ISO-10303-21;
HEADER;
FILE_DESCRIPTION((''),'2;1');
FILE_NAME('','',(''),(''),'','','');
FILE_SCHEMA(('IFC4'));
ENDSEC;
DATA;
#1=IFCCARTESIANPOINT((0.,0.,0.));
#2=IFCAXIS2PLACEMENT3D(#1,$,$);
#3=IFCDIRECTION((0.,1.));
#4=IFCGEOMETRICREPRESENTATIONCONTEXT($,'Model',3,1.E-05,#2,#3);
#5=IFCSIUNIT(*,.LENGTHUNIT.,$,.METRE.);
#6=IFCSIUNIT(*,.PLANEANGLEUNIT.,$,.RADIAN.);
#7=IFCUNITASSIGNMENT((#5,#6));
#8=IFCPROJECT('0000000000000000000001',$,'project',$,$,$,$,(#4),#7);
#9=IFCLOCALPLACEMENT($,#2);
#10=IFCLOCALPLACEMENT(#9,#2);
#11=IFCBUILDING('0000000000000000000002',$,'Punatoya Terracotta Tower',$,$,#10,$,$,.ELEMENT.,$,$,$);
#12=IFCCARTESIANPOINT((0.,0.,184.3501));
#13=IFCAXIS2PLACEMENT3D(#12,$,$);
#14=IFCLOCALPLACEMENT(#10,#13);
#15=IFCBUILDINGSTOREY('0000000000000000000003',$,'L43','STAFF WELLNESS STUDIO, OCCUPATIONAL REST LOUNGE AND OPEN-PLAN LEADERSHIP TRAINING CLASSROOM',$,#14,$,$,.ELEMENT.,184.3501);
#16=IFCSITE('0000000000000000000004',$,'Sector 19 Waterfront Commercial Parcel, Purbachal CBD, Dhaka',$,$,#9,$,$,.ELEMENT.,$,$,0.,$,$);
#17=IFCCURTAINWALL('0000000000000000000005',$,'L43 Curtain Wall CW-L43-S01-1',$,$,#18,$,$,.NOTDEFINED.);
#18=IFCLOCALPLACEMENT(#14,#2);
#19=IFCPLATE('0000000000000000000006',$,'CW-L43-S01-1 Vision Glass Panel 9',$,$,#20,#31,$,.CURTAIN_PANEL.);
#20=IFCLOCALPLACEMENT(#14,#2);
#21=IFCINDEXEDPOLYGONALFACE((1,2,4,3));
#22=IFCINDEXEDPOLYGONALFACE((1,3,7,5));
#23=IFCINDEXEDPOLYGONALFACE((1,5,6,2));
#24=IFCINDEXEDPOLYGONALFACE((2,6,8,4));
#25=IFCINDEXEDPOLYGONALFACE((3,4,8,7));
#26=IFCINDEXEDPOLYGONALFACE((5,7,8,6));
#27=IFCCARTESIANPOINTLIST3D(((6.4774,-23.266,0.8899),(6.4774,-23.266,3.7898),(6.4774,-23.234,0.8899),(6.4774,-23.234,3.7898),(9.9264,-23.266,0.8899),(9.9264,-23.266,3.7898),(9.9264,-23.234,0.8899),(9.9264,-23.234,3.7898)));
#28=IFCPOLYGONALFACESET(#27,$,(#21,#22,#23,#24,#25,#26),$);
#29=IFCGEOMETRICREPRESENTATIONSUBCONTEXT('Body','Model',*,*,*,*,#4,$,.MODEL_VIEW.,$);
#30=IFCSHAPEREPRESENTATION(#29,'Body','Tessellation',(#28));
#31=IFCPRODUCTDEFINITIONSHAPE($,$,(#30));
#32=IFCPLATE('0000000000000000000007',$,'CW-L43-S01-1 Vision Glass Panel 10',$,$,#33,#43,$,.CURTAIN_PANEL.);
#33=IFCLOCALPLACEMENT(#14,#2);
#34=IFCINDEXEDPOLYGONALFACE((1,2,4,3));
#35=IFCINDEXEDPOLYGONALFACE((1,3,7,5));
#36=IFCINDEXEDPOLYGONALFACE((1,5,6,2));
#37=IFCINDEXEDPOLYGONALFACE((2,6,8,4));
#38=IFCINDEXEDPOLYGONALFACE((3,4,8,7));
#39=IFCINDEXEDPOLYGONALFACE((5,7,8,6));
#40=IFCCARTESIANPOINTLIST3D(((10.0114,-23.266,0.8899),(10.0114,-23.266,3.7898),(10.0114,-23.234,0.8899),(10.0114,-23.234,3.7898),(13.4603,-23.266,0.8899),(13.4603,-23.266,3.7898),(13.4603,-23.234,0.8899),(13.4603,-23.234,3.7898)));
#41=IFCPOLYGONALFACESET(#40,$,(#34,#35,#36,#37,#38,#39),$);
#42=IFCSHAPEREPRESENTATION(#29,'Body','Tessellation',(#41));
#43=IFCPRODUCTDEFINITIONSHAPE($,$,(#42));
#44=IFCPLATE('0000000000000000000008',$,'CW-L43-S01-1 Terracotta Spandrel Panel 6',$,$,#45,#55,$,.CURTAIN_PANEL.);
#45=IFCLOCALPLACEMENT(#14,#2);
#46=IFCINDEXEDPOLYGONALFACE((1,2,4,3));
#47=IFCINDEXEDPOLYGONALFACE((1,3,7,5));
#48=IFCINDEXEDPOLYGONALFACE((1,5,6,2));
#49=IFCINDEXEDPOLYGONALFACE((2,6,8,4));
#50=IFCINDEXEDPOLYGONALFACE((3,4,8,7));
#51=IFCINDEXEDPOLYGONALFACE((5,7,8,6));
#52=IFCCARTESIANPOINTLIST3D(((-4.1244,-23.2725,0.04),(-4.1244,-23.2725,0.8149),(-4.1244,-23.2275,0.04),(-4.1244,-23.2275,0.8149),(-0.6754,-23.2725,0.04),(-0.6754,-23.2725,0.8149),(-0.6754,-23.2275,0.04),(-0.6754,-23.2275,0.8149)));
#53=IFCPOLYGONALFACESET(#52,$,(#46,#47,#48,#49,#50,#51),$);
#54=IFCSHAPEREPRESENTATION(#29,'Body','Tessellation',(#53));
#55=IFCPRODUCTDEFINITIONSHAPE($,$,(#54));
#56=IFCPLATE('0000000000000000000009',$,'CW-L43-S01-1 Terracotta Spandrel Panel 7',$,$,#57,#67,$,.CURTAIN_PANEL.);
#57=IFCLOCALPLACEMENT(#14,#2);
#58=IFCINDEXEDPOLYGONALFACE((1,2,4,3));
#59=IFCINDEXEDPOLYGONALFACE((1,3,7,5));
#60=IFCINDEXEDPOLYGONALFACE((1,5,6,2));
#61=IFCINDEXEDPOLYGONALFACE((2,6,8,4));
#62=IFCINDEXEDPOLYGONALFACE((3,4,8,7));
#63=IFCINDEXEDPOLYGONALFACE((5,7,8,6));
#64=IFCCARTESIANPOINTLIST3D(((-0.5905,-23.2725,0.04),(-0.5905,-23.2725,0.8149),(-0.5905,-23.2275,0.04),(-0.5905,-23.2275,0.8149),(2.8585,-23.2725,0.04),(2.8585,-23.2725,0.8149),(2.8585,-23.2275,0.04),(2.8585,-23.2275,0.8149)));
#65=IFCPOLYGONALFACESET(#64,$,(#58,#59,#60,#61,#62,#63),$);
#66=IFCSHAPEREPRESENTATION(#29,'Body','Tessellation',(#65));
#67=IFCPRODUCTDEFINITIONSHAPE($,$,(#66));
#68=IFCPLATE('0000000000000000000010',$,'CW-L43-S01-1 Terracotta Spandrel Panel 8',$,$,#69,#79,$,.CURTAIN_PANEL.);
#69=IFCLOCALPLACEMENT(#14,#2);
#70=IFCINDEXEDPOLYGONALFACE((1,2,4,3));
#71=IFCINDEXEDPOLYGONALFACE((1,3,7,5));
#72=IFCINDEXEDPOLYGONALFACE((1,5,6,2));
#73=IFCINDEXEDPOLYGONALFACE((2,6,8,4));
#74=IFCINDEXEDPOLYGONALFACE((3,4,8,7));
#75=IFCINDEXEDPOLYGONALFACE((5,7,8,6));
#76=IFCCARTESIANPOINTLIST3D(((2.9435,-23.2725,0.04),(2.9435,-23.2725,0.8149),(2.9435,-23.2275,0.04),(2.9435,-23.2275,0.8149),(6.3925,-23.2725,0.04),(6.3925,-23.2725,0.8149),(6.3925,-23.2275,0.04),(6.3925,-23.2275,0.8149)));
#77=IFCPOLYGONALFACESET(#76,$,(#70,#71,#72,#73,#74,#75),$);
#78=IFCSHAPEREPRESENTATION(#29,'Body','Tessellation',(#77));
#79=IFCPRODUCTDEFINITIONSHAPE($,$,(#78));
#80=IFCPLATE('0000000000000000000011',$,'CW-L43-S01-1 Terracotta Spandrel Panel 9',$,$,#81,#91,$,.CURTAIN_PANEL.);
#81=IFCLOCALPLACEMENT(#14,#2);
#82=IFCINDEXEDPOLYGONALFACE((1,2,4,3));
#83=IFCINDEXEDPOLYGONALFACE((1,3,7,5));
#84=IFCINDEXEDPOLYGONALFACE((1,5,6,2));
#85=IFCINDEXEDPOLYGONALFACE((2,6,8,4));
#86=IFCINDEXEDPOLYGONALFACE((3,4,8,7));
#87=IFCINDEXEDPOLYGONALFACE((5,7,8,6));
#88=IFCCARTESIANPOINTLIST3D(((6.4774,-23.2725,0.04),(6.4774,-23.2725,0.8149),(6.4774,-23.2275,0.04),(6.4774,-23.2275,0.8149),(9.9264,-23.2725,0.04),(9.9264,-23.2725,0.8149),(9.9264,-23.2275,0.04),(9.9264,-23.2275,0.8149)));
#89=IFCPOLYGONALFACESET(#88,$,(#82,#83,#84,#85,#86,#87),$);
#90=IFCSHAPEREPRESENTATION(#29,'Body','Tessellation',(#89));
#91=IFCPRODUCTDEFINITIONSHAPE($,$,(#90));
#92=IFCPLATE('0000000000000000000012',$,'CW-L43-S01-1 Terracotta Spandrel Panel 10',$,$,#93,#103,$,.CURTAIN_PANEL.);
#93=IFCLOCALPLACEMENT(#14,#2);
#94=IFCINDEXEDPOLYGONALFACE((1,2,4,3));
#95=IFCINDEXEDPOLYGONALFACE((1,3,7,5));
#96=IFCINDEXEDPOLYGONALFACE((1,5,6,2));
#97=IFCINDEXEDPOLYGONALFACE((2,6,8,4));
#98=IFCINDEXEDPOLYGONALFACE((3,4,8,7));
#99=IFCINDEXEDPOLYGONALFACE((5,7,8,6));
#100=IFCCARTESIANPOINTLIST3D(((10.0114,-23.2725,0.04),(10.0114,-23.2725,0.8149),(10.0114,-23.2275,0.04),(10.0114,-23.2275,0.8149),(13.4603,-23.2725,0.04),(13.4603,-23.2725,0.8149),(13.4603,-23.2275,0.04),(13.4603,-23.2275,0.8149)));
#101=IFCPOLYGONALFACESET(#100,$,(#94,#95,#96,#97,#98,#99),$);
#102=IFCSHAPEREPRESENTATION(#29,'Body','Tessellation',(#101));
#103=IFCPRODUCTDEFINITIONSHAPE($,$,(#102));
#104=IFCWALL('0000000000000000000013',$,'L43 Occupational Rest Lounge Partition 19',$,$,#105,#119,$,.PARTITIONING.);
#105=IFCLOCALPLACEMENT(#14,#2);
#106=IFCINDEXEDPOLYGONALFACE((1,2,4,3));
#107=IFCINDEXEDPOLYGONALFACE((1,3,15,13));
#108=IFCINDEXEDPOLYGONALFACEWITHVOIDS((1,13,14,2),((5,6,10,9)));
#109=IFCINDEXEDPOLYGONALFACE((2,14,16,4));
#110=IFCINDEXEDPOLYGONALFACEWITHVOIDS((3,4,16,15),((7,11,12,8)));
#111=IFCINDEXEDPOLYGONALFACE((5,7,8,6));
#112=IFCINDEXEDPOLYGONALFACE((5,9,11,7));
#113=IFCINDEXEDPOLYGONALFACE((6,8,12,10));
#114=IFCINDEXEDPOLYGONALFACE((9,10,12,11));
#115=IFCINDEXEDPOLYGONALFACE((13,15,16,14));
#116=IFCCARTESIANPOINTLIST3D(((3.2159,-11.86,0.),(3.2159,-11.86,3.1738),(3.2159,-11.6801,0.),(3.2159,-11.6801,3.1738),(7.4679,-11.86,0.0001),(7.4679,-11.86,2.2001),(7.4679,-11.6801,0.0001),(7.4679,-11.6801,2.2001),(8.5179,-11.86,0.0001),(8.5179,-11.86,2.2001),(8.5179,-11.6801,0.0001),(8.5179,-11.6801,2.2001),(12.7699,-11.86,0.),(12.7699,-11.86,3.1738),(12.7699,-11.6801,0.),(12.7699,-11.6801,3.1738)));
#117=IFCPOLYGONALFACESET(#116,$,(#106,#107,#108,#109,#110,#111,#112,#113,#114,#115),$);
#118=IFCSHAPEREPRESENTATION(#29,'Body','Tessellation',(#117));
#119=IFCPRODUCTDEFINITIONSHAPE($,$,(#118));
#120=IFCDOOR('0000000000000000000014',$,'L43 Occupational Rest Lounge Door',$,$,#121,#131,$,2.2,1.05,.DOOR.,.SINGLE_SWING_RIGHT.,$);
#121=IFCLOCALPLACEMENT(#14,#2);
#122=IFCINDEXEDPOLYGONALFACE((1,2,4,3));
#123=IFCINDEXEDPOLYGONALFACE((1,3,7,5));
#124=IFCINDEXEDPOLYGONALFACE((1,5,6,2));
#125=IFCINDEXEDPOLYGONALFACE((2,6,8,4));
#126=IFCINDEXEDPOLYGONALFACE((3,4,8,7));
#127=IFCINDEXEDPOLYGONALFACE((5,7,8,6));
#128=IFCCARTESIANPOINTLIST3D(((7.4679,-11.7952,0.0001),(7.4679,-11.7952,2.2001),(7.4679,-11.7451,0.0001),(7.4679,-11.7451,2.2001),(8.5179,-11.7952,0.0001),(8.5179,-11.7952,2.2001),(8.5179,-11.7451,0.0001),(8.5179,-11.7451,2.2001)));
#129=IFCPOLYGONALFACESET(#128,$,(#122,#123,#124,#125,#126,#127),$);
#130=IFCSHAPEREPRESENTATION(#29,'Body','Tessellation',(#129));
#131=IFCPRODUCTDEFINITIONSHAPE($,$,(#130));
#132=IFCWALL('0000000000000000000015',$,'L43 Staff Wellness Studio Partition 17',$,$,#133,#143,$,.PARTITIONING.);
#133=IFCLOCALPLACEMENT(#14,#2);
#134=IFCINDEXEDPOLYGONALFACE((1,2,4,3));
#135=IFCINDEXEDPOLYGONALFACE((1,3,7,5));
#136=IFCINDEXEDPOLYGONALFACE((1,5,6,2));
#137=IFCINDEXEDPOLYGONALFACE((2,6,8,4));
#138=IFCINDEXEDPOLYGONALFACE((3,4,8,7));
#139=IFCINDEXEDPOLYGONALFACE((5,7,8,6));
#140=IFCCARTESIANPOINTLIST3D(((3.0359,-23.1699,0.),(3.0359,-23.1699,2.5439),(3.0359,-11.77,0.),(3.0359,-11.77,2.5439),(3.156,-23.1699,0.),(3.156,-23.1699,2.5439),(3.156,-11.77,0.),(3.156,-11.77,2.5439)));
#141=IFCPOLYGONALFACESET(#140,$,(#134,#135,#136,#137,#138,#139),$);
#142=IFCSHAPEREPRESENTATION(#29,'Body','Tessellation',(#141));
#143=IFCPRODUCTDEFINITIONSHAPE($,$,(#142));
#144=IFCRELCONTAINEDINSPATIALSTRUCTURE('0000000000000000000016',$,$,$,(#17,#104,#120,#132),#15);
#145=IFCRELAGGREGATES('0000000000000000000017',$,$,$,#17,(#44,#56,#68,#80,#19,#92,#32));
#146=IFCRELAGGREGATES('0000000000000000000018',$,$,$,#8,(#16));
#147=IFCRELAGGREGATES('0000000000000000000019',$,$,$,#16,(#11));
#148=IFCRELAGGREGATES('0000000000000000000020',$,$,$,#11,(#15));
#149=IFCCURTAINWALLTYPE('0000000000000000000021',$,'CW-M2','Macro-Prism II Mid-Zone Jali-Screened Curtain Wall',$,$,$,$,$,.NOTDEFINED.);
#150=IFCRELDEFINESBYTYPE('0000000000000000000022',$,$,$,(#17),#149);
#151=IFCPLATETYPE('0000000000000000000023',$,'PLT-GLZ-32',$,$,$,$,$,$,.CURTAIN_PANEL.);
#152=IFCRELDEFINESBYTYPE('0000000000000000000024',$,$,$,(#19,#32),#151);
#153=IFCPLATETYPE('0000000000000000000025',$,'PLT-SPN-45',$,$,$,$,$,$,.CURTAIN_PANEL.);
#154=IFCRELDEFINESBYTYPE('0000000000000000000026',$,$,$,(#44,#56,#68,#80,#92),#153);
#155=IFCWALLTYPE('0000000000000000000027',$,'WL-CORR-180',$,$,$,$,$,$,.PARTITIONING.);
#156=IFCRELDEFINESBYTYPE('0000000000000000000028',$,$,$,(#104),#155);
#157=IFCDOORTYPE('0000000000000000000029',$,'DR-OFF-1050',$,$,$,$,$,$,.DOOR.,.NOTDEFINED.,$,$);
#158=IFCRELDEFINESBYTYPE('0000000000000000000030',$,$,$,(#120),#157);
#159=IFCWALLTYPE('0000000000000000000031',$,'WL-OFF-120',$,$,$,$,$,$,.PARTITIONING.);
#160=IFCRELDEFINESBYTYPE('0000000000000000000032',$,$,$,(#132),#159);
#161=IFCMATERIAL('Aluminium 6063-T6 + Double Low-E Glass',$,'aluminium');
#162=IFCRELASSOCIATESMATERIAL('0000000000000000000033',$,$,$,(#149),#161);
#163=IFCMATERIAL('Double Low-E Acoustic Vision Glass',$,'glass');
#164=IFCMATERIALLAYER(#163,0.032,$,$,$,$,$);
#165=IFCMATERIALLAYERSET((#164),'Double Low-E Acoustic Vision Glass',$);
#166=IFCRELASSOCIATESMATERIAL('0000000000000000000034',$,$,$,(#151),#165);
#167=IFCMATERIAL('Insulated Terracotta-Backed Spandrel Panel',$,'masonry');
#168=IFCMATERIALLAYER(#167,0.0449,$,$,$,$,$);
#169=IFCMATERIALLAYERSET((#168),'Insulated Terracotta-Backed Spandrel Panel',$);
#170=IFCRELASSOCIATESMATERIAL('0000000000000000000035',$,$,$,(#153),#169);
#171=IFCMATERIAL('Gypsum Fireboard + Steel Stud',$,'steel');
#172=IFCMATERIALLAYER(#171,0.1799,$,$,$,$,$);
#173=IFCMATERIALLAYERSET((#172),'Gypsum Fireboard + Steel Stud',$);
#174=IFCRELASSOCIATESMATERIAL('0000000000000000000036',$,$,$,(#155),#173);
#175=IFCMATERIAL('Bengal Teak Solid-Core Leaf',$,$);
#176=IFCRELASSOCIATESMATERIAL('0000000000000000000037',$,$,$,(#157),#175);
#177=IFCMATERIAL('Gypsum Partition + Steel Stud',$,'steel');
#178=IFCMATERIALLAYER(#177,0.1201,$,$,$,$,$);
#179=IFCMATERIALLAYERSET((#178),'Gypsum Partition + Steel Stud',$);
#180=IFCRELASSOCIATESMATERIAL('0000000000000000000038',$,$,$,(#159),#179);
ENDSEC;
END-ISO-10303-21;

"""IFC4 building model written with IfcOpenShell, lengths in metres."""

from ifc_helpers import new_model, si_unit, direction, frame, frame_2d, origin, origin_2d, place, context, subcontext, project, spatial, rectangle, extrude, material, layer, layer_set, type_object, element, fill, aggregate, save


model = new_model("IFC4")

# Units and contexts
model_context = context("Model", 3, precision=1e-05, world=origin(), true_north=direction((0.0, 1.0)))
body_context = subcontext(model_context, "Body", "Model", "MODEL_VIEW")
ifc_project = project(units=[si_unit("LENGTHUNIT", "METRE"), si_unit("PLANEANGLEUNIT", "RADIAN")], contexts=[model_context])

# Site, building, storey
site_placement = place(None, origin())
site = spatial("IfcSite", under=ifc_project, at=site_placement, Name="Sector 19 Waterfront Commercial Parcel, Purbachal CBD, Dhaka", CompositionType="ELEMENT", RefElevation=0.0)
building_placement = place(site_placement, origin())
building = spatial("IfcBuilding", under=site, at=building_placement, Name="Punatoya Terracotta Tower", CompositionType="ELEMENT")
storey_placement = place(building_placement, frame((0.0, 0.0, 184.3501)))
storey = spatial("IfcBuildingStorey", under=building, at=storey_placement, Name="L43", Description="STAFF WELLNESS STUDIO, OCCUPATIONAL REST LOUNGE AND OPEN-PLAN LEADERSHIP TRAINING CLASSROOM", CompositionType="ELEMENT", Elevation=184.3501)

# Curtain wall
ifc_material_1 = material(Name="Aluminium 6063-T6 + Double Low-E Glass", Category="aluminium")
curtain_wall_type = type_object("IfcCurtainWallType", Name="CW-M2", Description="Macro-Prism II Mid-Zone Jali-Screened Curtain Wall", PredefinedType="NOTDEFINED", material=ifc_material_1)
curtain_wall_placement = place(storey_placement, origin())
curtain_wall = element("IfcCurtainWall", 1, at=curtain_wall_placement, inside=storey, type_object=curtain_wall_type, Name="L43 Curtain Wall CW-L43-S01-1", PredefinedType="NOTDEFINED")

# Plates
ifc_material_2 = material(Name="Double Low-E Acoustic Vision Glass", Category="glass")
ifc_layer_1 = layer(ifc_material_2, 0.032)
ifc_layer_set_1 = layer_set([ifc_layer_1], Name="Double Low-E Acoustic Vision Glass")
plate_type_1 = type_object("IfcPlateType", Name="PLT-GLZ-32", PredefinedType="CURTAIN_PANEL", material=ifc_layer_set_1)
plate_1_placement = place(storey_placement, frame((8.2019, -23.25, 0.8899), z_axis=(0.0, 0.0, 1.0), x_axis=(1.0, 0.0, 0.0)))
plate_1 = element("IfcPlate", 2, at=plate_1_placement, type_object=plate_type_1, Name="CW-L43-S01-1 Vision Glass Panel 9", PredefinedType="CURTAIN_PANEL", context=body_context, shape_type="SweptSolid", body=[
    extrude(rectangle(XDim=3.449, YDim=0.032, at=origin_2d()), origin(), (0.0, 0.0, 1.0), 2.8999),
])
plate_2_placement = place(storey_placement, frame((11.7358, -23.25, 0.8899), z_axis=(0.0, 0.0, 1.0), x_axis=(1.0, 0.0, 0.0)))
plate_2 = element("IfcPlate", 3, at=plate_2_placement, type_object=plate_type_1, Name="CW-L43-S01-1 Vision Glass Panel 10", PredefinedType="CURTAIN_PANEL", context=body_context, shape_type="SweptSolid", body=[
    extrude(rectangle(XDim=3.449, YDim=0.032, at=origin_2d()), origin(), (0.0, 0.0, 1.0), 2.8999),
])
ifc_material_3 = material(Name="Insulated Terracotta-Backed Spandrel Panel", Category="masonry")
ifc_layer_2 = layer(ifc_material_3, 0.0449)
ifc_layer_set_2 = layer_set([ifc_layer_2], Name="Insulated Terracotta-Backed Spandrel Panel")
plate_type_2 = type_object("IfcPlateType", Name="PLT-SPN-45", PredefinedType="CURTAIN_PANEL", material=ifc_layer_set_2)
plate_3_placement = place(storey_placement, frame((-2.3999, -23.25, 0.04), z_axis=(0.0, 0.0, 1.0), x_axis=(1.0, 0.0, 0.0)))
plate_3 = element("IfcPlate", 4, at=plate_3_placement, type_object=plate_type_2, Name="CW-L43-S01-1 Terracotta Spandrel Panel 6", PredefinedType="CURTAIN_PANEL", context=body_context, shape_type="SweptSolid", body=[
    extrude(rectangle(XDim=3.449, YDim=0.0449, at=origin_2d()), origin(), (0.0, 0.0, 1.0), 0.7749),
])
plate_4_placement = place(storey_placement, frame((1.134, -23.25, 0.04), z_axis=(0.0, 0.0, 1.0), x_axis=(1.0, 0.0, 0.0)))
plate_4 = element("IfcPlate", 5, at=plate_4_placement, type_object=plate_type_2, Name="CW-L43-S01-1 Terracotta Spandrel Panel 7", PredefinedType="CURTAIN_PANEL", context=body_context, shape_type="SweptSolid", body=[
    extrude(rectangle(XDim=3.449, YDim=0.0449, at=origin_2d()), origin(), (0.0, 0.0, 1.0), 0.7749),
])
plate_5_placement = place(storey_placement, frame((4.668, -23.25, 0.04), z_axis=(0.0, 0.0, 1.0), x_axis=(1.0, 0.0, 0.0)))
plate_5 = element("IfcPlate", 6, at=plate_5_placement, type_object=plate_type_2, Name="CW-L43-S01-1 Terracotta Spandrel Panel 8", PredefinedType="CURTAIN_PANEL", context=body_context, shape_type="SweptSolid", body=[
    extrude(rectangle(XDim=3.449, YDim=0.0449, at=origin_2d()), origin(), (0.0, 0.0, 1.0), 0.7749),
])
plate_6_placement = place(storey_placement, frame((8.2019, -23.25, 0.04), z_axis=(0.0, 0.0, 1.0), x_axis=(1.0, 0.0, 0.0)))
plate_6 = element("IfcPlate", 7, at=plate_6_placement, type_object=plate_type_2, Name="CW-L43-S01-1 Terracotta Spandrel Panel 9", PredefinedType="CURTAIN_PANEL", context=body_context, shape_type="SweptSolid", body=[
    extrude(rectangle(XDim=3.449, YDim=0.0449, at=origin_2d()), origin(), (0.0, 0.0, 1.0), 0.7749),
])
plate_7_placement = place(storey_placement, frame((11.7358, -23.25, 0.04), z_axis=(0.0, 0.0, 1.0), x_axis=(1.0, 0.0, 0.0)))
plate_7 = element("IfcPlate", 8, at=plate_7_placement, type_object=plate_type_2, Name="CW-L43-S01-1 Terracotta Spandrel Panel 10", PredefinedType="CURTAIN_PANEL", context=body_context, shape_type="SweptSolid", body=[
    extrude(rectangle(XDim=3.449, YDim=0.0449, at=origin_2d()), origin(), (0.0, 0.0, 1.0), 0.7749),
])
aggregate(curtain_wall, [plate_3, plate_4, plate_5, plate_6, plate_1, plate_7, plate_2])

# Wall, opening, door
ifc_material_4 = material(Name="Gypsum Fireboard + Steel Stud", Category="steel")
ifc_layer_3 = layer(ifc_material_4, 0.1799)
ifc_layer_set_3 = layer_set([ifc_layer_3], Name="Gypsum Fireboard + Steel Stud")
wall_type_1 = type_object("IfcWallType", Name="WL-CORR-180", PredefinedType="PARTITIONING", material=ifc_layer_set_3)
wall_1_placement = place(storey_placement, frame((3.2161, -11.77, 0.0), z_axis=(0.0, 0.0, 1.0), x_axis=(1.0, 0.0, 0.0)))
wall_1 = element("IfcWall", 9, at=wall_1_placement, inside=storey, type_object=wall_type_1, Name="L43 Occupational Rest Lounge Partition 19", PredefinedType="PARTITIONING", context=body_context, shape_type="SweptSolid", body=[
    extrude(rectangle(XDim=9.554, YDim=0.1799, at=frame_2d((4.7769, 0.0))), origin(), (0.0, 0.0, 1.0), 3.1738),
])
opening_placement = place(wall_1_placement, frame((4.252, 0.0, 0.0)))
opening = element("IfcOpeningElement", 10, at=opening_placement, cuts=wall_1, PredefinedType="OPENING", context=body_context, shape_type="SweptSolid", body=[
    extrude(rectangle(XDim=1.05, YDim=2.2, at=frame_2d((0.5249, 1.1001))), frame((0.0, 0.0999, 0.0), z_axis=(0.0, -1.0, 0.0), x_axis=(1.0, 0.0, 0.0)), (0.0, 0.0, 1.0), 0.2),
])
ifc_material_5 = material(Name="Bengal Teak Solid-Core Leaf")
door_type = type_object("IfcDoorType", Name="DR-OFF-1050", OperationType="NOTDEFINED", PredefinedType="DOOR", material=ifc_material_5)
door_placement = place(opening_placement, origin())
door = element("IfcDoor", 11, at=door_placement, inside=storey, type_object=door_type, Name="L43 Occupational Rest Lounge Door", OperationType="SINGLE_SWING_RIGHT", OverallHeight=2.2, OverallWidth=1.05, PredefinedType="DOOR", context=body_context, shape_type="SweptSolid", body=[
    extrude(rectangle(XDim=1.05, YDim=2.2, at=frame_2d((0.5249, 1.1001))), frame((0.0, 0.0249, 0.0), z_axis=(0.0, -1.0, 0.0), x_axis=(1.0, 0.0, 0.0)), (0.0, 0.0, 1.0), 0.05),
])
fill(opening, door)

# Wall
ifc_material_6 = material(Name="Gypsum Partition + Steel Stud", Category="steel")
ifc_layer_4 = layer(ifc_material_6, 0.1201)
ifc_layer_set_4 = layer_set([ifc_layer_4], Name="Gypsum Partition + Steel Stud")
wall_type_2 = type_object("IfcWallType", Name="WL-OFF-120", PredefinedType="PARTITIONING", material=ifc_layer_set_4)
wall_2_placement = place(storey_placement, frame((3.0959, -11.77, 0.0), z_axis=(0.0, 0.0, 1.0), x_axis=(0.0, -1.0, 0.0)))
element("IfcWall", 12, at=wall_2_placement, inside=storey, type_object=wall_type_2, Name="L43 Staff Wellness Studio Partition 17", PredefinedType="PARTITIONING", context=body_context, shape_type="SweptSolid", body=[
    extrude(rectangle(XDim=11.3999, YDim=0.1201, at=frame_2d((5.7, 0.0))), origin(), (0.0, 0.0, 1.0), 2.5439),
])

save(model, "model.ifc")
